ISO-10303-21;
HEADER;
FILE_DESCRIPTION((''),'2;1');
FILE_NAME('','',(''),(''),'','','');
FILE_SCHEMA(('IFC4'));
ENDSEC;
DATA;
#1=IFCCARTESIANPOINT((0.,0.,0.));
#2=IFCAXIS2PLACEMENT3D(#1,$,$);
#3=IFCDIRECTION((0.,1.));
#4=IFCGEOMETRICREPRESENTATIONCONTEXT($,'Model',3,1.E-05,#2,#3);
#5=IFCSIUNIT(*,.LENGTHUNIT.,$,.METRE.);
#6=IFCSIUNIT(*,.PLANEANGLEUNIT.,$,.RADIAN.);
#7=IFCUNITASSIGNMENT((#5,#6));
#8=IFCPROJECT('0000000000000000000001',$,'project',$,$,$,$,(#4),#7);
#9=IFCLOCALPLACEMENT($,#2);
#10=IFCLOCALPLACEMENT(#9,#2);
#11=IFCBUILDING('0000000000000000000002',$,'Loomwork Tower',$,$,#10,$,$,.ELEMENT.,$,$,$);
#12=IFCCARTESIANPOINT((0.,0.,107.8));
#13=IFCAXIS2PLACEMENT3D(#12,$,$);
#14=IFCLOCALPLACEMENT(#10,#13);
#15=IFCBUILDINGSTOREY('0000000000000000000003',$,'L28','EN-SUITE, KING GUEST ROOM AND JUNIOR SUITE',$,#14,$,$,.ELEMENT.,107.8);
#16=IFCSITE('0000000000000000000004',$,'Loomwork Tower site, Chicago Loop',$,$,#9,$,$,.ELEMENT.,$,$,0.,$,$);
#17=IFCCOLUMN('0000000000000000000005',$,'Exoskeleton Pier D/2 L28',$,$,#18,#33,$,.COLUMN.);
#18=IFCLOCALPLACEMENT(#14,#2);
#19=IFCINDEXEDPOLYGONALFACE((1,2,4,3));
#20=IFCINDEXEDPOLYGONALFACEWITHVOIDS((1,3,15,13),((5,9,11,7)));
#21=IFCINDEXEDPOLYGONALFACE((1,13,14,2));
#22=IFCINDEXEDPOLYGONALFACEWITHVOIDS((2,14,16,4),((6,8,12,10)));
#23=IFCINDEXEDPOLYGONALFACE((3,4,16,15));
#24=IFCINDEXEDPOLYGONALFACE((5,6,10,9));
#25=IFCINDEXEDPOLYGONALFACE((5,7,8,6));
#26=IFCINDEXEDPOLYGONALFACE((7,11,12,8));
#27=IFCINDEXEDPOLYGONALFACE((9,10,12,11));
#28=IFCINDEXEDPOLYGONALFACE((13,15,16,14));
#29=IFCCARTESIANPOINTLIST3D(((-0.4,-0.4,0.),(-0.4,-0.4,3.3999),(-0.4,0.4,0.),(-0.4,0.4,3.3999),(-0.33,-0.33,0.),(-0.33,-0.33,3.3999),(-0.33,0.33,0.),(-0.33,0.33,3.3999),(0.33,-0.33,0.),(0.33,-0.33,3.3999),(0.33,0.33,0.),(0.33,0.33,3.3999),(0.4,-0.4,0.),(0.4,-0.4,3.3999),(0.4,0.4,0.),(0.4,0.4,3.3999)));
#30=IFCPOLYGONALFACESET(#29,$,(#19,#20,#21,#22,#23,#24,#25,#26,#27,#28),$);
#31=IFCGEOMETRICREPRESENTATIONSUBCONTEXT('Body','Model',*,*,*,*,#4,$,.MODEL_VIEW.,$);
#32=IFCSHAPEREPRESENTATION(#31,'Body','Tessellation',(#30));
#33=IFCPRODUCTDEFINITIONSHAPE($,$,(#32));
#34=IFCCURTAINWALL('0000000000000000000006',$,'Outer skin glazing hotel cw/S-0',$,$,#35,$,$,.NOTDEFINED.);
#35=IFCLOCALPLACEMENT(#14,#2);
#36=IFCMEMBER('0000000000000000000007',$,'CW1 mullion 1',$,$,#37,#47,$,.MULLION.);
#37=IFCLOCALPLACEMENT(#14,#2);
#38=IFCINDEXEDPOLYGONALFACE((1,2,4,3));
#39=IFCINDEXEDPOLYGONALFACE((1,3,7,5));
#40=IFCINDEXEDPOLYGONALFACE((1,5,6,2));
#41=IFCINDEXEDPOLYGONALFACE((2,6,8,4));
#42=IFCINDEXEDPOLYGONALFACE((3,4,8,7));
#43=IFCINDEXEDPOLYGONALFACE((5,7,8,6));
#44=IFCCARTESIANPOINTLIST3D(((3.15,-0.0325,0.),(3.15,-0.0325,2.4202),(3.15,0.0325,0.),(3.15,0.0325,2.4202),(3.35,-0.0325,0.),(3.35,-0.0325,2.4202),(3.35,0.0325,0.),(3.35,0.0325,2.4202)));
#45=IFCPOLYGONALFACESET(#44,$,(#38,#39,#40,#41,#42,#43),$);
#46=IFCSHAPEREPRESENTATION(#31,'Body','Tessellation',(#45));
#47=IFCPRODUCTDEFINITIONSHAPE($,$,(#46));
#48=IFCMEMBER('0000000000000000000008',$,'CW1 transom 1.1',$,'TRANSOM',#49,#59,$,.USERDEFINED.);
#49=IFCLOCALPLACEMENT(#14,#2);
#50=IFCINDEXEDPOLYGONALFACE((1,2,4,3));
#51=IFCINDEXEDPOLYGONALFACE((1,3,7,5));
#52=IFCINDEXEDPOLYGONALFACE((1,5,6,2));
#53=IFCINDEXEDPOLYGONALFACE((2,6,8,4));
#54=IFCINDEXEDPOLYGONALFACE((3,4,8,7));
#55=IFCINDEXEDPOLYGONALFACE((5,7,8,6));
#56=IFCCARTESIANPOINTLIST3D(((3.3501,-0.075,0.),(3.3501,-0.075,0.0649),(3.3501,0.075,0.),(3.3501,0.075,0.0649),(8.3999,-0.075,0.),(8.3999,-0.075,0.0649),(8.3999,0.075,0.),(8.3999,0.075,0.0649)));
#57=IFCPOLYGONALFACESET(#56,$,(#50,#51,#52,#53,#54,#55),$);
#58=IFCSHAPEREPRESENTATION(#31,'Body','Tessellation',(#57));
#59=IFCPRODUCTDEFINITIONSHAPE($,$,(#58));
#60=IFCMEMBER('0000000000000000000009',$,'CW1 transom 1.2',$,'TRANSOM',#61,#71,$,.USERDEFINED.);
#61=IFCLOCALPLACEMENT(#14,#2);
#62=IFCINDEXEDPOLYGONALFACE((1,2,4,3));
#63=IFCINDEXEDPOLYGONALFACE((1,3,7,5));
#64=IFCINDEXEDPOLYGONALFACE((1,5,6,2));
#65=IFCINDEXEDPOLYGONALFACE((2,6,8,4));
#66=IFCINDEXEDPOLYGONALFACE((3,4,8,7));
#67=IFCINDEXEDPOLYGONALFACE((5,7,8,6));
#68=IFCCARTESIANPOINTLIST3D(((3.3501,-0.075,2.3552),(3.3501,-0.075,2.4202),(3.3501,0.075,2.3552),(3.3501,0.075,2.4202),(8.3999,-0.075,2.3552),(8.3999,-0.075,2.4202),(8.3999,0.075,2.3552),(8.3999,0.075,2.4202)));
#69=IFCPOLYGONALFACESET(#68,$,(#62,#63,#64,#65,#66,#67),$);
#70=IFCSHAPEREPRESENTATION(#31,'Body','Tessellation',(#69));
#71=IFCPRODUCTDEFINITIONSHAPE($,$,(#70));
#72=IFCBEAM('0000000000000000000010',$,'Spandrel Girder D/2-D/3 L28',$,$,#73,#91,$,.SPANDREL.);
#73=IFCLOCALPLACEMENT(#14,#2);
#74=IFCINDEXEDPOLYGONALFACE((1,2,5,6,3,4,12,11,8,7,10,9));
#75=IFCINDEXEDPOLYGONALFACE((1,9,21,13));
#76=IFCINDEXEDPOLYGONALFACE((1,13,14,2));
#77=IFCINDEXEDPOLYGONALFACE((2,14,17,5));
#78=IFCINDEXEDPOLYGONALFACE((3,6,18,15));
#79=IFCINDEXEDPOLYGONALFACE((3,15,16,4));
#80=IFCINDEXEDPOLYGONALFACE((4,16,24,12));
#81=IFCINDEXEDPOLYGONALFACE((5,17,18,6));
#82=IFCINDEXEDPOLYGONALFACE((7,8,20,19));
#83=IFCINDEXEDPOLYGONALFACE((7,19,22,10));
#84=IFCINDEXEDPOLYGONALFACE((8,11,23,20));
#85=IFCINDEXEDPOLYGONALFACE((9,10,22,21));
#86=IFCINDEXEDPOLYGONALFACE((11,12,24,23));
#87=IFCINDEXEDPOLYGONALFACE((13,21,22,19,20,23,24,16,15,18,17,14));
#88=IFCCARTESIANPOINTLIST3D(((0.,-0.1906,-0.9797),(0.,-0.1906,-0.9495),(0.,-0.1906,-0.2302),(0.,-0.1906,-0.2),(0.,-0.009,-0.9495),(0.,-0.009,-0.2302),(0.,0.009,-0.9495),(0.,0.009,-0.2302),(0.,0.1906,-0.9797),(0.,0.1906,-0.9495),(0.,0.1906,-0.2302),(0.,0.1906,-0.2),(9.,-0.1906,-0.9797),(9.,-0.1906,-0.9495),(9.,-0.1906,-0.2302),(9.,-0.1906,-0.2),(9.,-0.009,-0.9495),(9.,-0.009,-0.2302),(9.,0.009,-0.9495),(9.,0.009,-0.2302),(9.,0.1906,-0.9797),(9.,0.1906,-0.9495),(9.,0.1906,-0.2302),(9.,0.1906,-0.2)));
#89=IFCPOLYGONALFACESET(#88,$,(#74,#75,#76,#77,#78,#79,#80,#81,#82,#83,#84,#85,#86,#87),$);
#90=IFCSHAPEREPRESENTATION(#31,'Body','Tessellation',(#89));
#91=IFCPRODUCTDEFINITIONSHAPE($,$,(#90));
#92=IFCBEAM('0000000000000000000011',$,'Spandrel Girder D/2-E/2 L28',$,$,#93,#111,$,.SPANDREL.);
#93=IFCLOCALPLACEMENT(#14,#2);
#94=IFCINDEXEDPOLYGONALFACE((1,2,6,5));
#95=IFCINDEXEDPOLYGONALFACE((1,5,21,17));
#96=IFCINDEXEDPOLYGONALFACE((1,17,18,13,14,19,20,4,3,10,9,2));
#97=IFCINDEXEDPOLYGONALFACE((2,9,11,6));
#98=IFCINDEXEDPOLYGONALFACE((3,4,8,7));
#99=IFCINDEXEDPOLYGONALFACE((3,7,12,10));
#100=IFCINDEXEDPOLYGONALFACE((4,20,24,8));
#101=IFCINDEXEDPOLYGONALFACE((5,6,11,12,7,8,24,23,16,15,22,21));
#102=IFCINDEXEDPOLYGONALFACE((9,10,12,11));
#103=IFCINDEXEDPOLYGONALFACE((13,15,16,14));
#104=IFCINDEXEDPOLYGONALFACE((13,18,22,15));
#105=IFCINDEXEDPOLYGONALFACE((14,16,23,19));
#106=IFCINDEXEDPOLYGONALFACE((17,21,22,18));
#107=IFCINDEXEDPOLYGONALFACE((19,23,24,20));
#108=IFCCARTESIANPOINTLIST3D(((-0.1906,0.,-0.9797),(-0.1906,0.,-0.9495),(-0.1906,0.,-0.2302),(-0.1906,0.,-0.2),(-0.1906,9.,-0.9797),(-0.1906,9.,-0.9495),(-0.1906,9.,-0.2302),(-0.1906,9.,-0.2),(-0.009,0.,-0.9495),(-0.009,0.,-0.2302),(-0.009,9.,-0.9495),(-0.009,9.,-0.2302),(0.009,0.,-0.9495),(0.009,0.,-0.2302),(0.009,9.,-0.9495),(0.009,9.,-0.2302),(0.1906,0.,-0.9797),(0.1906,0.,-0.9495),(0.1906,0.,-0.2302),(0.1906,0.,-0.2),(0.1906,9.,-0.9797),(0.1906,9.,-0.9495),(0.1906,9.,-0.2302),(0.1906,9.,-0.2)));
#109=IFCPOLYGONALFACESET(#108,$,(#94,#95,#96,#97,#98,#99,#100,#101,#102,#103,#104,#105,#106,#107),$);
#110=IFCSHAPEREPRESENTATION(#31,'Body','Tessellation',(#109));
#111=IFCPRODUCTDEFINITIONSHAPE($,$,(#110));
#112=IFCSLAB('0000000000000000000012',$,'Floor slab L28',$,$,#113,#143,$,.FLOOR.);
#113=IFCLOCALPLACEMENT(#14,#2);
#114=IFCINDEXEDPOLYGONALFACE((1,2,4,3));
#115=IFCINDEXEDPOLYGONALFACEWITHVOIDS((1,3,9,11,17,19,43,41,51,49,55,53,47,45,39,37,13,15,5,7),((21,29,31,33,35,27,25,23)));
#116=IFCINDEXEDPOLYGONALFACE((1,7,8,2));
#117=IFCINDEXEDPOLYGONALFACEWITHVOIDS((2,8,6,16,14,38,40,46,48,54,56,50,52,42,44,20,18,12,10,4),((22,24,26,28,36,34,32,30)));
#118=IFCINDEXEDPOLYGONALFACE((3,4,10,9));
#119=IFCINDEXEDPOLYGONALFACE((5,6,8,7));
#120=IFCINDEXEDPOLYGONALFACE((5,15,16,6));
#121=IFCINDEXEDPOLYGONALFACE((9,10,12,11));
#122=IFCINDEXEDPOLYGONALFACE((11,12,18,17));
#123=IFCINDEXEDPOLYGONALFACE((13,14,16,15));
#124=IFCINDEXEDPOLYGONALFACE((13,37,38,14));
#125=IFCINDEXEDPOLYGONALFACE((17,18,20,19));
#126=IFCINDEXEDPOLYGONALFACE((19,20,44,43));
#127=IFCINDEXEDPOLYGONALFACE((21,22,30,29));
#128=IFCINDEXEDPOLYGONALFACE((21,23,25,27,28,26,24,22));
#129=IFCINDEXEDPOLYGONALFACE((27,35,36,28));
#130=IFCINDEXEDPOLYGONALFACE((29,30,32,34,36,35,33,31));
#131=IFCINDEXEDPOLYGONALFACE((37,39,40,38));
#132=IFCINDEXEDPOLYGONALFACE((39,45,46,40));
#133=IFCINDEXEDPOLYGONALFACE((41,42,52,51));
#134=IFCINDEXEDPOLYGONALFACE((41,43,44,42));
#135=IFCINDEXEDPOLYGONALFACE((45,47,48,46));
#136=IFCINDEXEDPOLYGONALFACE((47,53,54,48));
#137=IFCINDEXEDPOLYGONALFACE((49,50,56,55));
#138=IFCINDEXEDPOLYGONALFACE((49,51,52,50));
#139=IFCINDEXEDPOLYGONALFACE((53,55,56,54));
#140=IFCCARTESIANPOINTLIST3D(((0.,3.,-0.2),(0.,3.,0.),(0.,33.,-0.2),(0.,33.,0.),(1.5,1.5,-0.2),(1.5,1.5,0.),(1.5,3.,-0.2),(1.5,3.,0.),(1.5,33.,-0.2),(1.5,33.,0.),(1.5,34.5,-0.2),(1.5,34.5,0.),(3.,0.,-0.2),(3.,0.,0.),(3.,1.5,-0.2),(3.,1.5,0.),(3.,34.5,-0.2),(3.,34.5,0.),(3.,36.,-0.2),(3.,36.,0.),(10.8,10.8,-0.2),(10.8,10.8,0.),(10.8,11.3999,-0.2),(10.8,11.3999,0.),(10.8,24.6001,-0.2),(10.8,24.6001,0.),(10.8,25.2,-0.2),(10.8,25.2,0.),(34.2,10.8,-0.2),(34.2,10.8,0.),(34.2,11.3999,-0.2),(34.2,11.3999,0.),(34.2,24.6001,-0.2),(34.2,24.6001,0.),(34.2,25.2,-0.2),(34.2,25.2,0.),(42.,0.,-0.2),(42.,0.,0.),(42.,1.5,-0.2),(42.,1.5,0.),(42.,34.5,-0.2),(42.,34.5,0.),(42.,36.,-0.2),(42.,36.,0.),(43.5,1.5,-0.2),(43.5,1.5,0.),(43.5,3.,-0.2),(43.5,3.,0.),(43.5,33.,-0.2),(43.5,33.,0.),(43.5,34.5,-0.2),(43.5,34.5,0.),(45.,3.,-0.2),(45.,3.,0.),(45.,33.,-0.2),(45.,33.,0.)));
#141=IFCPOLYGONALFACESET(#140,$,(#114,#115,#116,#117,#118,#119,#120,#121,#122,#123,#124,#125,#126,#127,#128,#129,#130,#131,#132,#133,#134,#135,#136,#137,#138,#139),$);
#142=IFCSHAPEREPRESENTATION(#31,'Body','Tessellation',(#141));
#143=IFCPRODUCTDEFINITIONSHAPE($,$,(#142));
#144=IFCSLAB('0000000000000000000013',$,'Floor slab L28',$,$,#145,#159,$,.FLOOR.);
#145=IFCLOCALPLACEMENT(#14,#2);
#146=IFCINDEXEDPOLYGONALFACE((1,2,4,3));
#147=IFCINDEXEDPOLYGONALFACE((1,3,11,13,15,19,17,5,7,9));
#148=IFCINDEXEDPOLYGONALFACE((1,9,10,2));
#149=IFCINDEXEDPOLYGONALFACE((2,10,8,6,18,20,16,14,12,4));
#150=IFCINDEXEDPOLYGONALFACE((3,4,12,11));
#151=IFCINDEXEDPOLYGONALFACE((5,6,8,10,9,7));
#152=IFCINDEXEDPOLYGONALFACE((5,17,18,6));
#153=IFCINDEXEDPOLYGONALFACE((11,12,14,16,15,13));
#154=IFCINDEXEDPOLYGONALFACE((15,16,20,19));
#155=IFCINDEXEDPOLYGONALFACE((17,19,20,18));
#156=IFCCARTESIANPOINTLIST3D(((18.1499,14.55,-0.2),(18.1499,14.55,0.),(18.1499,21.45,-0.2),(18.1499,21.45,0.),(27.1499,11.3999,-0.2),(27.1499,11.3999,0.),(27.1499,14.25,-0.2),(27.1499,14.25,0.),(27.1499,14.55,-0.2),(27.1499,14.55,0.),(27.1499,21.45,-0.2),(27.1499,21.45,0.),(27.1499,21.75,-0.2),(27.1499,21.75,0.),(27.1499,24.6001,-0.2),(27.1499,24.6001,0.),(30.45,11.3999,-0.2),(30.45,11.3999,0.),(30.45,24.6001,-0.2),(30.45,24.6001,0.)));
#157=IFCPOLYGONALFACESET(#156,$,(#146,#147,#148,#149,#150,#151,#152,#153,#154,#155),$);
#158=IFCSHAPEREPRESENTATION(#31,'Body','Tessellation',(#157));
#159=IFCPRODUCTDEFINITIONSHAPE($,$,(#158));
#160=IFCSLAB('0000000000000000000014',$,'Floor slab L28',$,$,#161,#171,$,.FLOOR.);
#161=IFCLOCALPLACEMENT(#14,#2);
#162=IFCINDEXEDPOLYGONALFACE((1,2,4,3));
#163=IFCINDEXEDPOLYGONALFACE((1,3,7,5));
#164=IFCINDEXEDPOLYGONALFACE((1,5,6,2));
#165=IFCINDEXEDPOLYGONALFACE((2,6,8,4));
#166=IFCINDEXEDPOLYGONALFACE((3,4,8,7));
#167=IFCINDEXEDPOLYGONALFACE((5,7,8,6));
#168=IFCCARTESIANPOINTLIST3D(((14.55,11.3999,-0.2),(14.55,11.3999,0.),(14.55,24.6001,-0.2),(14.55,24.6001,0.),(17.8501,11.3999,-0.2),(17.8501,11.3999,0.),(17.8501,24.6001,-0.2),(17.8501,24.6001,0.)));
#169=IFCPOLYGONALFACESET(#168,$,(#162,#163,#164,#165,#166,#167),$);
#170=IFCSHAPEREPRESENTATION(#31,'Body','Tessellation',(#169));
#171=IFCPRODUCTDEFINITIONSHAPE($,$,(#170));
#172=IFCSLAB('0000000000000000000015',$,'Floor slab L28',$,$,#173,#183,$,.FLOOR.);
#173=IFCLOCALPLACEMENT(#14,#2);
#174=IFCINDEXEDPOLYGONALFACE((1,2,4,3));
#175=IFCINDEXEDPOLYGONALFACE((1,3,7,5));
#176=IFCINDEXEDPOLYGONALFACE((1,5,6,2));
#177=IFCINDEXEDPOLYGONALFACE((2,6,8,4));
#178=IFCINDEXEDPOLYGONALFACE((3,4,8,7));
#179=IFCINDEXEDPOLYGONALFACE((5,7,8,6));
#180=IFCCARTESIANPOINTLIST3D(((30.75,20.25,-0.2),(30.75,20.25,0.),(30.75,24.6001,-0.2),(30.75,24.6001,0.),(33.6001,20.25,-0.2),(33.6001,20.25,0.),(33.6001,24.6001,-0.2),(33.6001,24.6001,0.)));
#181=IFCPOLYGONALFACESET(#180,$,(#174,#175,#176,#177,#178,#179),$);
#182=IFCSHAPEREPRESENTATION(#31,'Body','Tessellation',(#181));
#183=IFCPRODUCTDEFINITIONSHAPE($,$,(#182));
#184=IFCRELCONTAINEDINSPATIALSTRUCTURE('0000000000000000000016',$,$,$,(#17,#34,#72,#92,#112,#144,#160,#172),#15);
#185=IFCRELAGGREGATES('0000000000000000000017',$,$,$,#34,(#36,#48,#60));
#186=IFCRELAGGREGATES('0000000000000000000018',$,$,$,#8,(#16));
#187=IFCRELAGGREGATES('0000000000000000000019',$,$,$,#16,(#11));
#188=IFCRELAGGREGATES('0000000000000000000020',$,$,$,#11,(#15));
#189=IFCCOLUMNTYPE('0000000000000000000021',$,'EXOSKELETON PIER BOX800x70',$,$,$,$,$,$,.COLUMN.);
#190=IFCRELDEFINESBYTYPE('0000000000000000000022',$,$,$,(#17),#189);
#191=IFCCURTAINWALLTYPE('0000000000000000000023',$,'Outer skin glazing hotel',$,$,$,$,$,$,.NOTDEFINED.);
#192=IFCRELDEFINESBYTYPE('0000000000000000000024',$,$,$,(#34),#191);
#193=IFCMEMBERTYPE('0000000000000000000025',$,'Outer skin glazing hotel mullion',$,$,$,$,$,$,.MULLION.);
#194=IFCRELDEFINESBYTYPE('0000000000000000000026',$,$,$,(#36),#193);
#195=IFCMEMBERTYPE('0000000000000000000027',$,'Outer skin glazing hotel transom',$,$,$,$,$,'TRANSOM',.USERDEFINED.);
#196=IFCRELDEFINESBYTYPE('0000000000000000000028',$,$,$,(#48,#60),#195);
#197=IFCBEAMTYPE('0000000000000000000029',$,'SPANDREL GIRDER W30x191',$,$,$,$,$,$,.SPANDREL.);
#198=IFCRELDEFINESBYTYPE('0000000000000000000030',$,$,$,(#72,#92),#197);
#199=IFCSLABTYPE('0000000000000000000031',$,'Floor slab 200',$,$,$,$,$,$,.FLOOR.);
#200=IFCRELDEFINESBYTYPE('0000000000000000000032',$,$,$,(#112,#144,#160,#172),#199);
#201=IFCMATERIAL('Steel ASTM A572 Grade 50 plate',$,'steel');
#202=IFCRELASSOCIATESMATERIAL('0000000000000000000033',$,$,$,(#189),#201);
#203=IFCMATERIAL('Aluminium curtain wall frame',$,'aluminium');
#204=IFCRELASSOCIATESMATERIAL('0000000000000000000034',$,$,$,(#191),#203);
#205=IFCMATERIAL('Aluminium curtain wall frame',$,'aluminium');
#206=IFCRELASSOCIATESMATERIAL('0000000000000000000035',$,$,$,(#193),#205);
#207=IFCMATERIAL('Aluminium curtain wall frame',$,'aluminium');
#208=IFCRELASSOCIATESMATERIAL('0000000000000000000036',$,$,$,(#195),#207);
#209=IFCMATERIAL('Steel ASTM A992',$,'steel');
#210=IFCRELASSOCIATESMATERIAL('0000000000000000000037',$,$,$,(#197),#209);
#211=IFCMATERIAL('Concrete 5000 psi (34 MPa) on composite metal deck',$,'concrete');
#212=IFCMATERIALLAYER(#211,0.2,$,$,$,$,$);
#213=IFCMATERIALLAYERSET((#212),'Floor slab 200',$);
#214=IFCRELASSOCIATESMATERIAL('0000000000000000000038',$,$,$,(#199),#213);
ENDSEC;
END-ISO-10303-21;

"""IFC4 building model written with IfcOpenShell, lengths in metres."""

from ifc_helpers import new_model, si_unit, direction, frame, origin, origin_with_axes, origin_2d, place, context, subcontext, project, spatial, polyline, rectangle, hollow_rectangle, i_section, outline, extrude, material, layer, layer_set, material_profile, profile_set, type_object, element, aggregate, save


model = new_model("IFC4")

# Units and contexts
model_context = context("Model", 3, precision=1e-05, world=origin(), true_north=direction((0.0, 1.0)))
body_context = subcontext(model_context, "Body", "Model", "MODEL_VIEW")
ifc_project = project(units=[si_unit("LENGTHUNIT", "METRE"), si_unit("PLANEANGLEUNIT", "RADIAN")], contexts=[model_context])

# Site, building, storey
site_placement = place(None, origin())
site = spatial("IfcSite", under=ifc_project, at=site_placement, Name="Loomwork Tower site, Chicago Loop", CompositionType="ELEMENT", RefElevation=0.0)
building_placement = place(site_placement, origin())
building = spatial("IfcBuilding", under=site, at=building_placement, Name="Loomwork Tower", CompositionType="ELEMENT")
storey_placement = place(building_placement, frame((0.0, 0.0, 107.8)))
storey = spatial("IfcBuildingStorey", under=building, at=storey_placement, Name="L28", Description="EN-SUITE, KING GUEST ROOM AND JUNIOR SUITE", CompositionType="ELEMENT", Elevation=107.8)

# Column
ifc_material_1 = material(Name="Steel ASTM A572 Grade 50 plate", Category="steel")
ifc_material_profile_1 = material_profile(ifc_material_1, hollow_rectangle(XDim=0.8, YDim=0.8, WallThickness=0.0701, at=origin_2d()), Name="BOX800x70")
ifc_profile_set_1 = profile_set([ifc_material_profile_1], Name="Steel ASTM A572 Grade 50 plate")
column_type = type_object("IfcColumnType", Name="EXOSKELETON PIER BOX800x70", PredefinedType="COLUMN", material=ifc_profile_set_1)
column_placement = place(storey_placement, origin_with_axes())
element("IfcColumn", 1, at=column_placement, inside=storey, type_object=column_type, Name="Exoskeleton Pier D/2 L28", PredefinedType="COLUMN", context=body_context, shape_type="SweptSolid", body=[
    extrude(hollow_rectangle(XDim=0.8, YDim=0.8, WallThickness=0.0701, at=origin_2d()), origin(), (0.0, 0.0, 1.0), 3.3999),
])

# Curtain wall, members
ifc_material_2 = material(Name="Aluminium curtain wall frame", Category="aluminium")
curtain_wall_type = type_object("IfcCurtainWallType", Name="Outer skin glazing hotel", PredefinedType="NOTDEFINED", material=ifc_material_2)
curtain_wall_placement = place(storey_placement, origin())
curtain_wall = element("IfcCurtainWall", 2, at=curtain_wall_placement, inside=storey, type_object=curtain_wall_type, Name="Outer skin glazing hotel cw/S-0", PredefinedType="NOTDEFINED")
ifc_material_3 = material(Name="Aluminium curtain wall frame", Category="aluminium")
ifc_material_profile_2 = material_profile(ifc_material_3, rectangle(XDim=0.0649, YDim=0.2, at=origin_2d()), Name="AL 65x200")
ifc_profile_set_2 = profile_set([ifc_material_profile_2], Name="Aluminium curtain wall frame")
member_type_1 = type_object("IfcMemberType", Name="Outer skin glazing hotel mullion", PredefinedType="MULLION", material=ifc_profile_set_2)
member_1_placement = place(storey_placement, frame((3.25, 0.0, 0.0), z_axis=(0.0, 0.0, 1.0), x_axis=(0.0, 1.0, 0.0)))
member_1 = element("IfcMember", 3, at=member_1_placement, type_object=member_type_1, Name="CW1 mullion 1", PredefinedType="MULLION", context=body_context, shape_type="SweptSolid", body=[
    extrude(rectangle(XDim=0.0649, YDim=0.2, at=origin_2d()), origin(), (0.0, 0.0, 1.0), 2.4202),
])
ifc_material_4 = material(Name="Aluminium curtain wall frame", Category="aluminium")
ifc_material_profile_3 = material_profile(ifc_material_4, rectangle(XDim=0.1499, YDim=0.0649, at=origin_2d()), Name="AL 65x150")
ifc_profile_set_3 = profile_set([ifc_material_profile_3], Name="Aluminium curtain wall frame")
member_type_2 = type_object("IfcMemberType", Name="Outer skin glazing hotel transom", ElementType="TRANSOM", PredefinedType="USERDEFINED", material=ifc_profile_set_3)
member_2_placement = place(storey_placement, frame((3.3501, 0.0, 0.0325), z_axis=(1.0, 0.0, 0.0), x_axis=(0.0, 1.0, 0.0)))
member_2 = element("IfcMember", 4, at=member_2_placement, type_object=member_type_2, Name="CW1 transom 1.1", ObjectType="TRANSOM", PredefinedType="USERDEFINED", context=body_context, shape_type="SweptSolid", body=[
    extrude(rectangle(XDim=0.1499, YDim=0.0649, at=origin_2d()), origin(), (0.0, 0.0, 1.0), 5.0498),
])
member_3_placement = place(storey_placement, frame((3.3501, 0.0, 2.3877), z_axis=(1.0, 0.0, 0.0), x_axis=(0.0, 1.0, 0.0)))
member_3 = element("IfcMember", 5, at=member_3_placement, type_object=member_type_2, Name="CW1 transom 1.2", ObjectType="TRANSOM", PredefinedType="USERDEFINED", context=body_context, shape_type="SweptSolid", body=[
    extrude(rectangle(XDim=0.1499, YDim=0.0649, at=origin_2d()), origin(), (0.0, 0.0, 1.0), 5.0498),
])

# Beams
ifc_material_5 = material(Name="Steel ASTM A992", Category="steel")
ifc_material_profile_4 = material_profile(ifc_material_5, i_section(OverallWidth=0.3811, OverallDepth=0.7798, WebThickness=0.0181, FlangeThickness=0.0303, at=origin_2d()), Name="W30x191")
ifc_profile_set_4 = profile_set([ifc_material_profile_4], Name="Steel ASTM A992")
beam_type = type_object("IfcBeamType", Name="SPANDREL GIRDER W30x191", PredefinedType="SPANDREL", material=ifc_profile_set_4)
for number, where, z_axis, x_axis, name in (
    (6, (0.0, 0.0, -0.5898), (1.0, 0.0, 0.0), (0.0, 1.0, 0.0), "Spandrel Girder D/2-D/3 L28"),
    (7, (0.0, 0.0, -0.5898), (0.0, 1.0, 0.0), (-1.0, 0.0, 0.0), "Spandrel Girder D/2-E/2 L28"),
):
    element("IfcBeam", number, at=place(storey_placement, frame(where, z_axis=z_axis, x_axis=x_axis)), inside=storey, type_object=beam_type, Name=name, PredefinedType="SPANDREL", context=body_context, shape_type="SweptSolid", body=[
        extrude(i_section(OverallWidth=0.3811, OverallDepth=0.7798, WebThickness=0.0181, FlangeThickness=0.0303, at=origin_2d()), origin(), (0.0, 0.0, 1.0), 9.0),
    ])

# Slabs
ifc_material_6 = material(Name="Concrete 5000 psi (34 MPa) on composite metal deck", Category="concrete")
ifc_layer_1 = layer(ifc_material_6, 0.2)
ifc_layer_set_1 = layer_set([ifc_layer_1], Name="Floor slab 200")
slab_type_1 = type_object("IfcSlabType", Name="Floor slab 200", PredefinedType="FLOOR", material=ifc_layer_set_1)
slab_1_placement = place(storey_placement, frame((0.0, 0.0, -0.2)))
element("IfcSlab", 8, at=slab_1_placement, inside=storey, type_object=slab_type_1, Name="Floor slab L28", PredefinedType="FLOOR", context=body_context, shape_type="SweptSolid", body=[
    extrude(outline(polyline([(3.0, 1.5), (1.5, 1.5), (1.5, 3.0), (0.0, 3.0), (0.0, 33.0), (1.5, 33.0), (1.5, 34.5), (3.0, 34.5), (3.0, 36.0), (42.0, 36.0), (42.0, 34.5), (43.5, 34.5), (43.5, 33.0), (45.0, 33.0), (45.0, 3.0), (43.5, 3.0), (43.5, 1.5), (42.0, 1.5), (42.0, 0.0), (3.0, 0.0), (3.0, 1.5)]), holes=[polyline([(10.8, 11.3999), (10.8, 11.3999), (10.8, 10.8), (34.2, 10.8), (34.2, 11.3999), (34.2, 11.3999), (34.2, 24.6001), (34.2, 25.2), (10.8, 25.2), (10.8, 24.6001), (10.8, 11.3999)])]), origin(), (0.0, 0.0, 1.0), 0.2),
])
slab_2_placement = place(storey_placement, frame((0.0, 0.0, -0.2)))
element("IfcSlab", 9, at=slab_2_placement, inside=storey, type_object=slab_type_1, Name="Floor slab L28", PredefinedType="FLOOR", context=body_context, shape_type="SweptSolid", body=[
    extrude(outline(polyline([(30.45, 24.6001), (30.45, 11.3999), (27.1499, 11.3999), (27.1499, 14.25), (27.1499, 14.55), (18.1499, 14.55), (18.1499, 21.45), (27.1499, 21.45), (27.1499, 21.75), (27.1499, 24.6001), (30.45, 24.6001)])), origin(), (0.0, 0.0, 1.0), 0.2),
])
slab_3_placement = place(storey_placement, frame((0.0, 0.0, -0.2)))
element("IfcSlab", 10, at=slab_3_placement, inside=storey, type_object=slab_type_1, Name="Floor slab L28", PredefinedType="FLOOR", context=body_context, shape_type="SweptSolid", body=[
    extrude(outline(polyline([(14.55, 11.3999), (14.55, 24.6001), (17.8501, 24.6001), (17.8501, 11.3999), (14.55, 11.3999)])), origin(), (0.0, 0.0, 1.0), 0.2),
])
slab_4_placement = place(storey_placement, frame((0.0, 0.0, -0.2)))
element("IfcSlab", 11, at=slab_4_placement, inside=storey, type_object=slab_type_1, Name="Floor slab L28", PredefinedType="FLOOR", context=body_context, shape_type="SweptSolid", body=[
    extrude(outline(polyline([(33.6001, 20.25), (30.75, 20.25), (30.75, 24.6001), (33.6001, 24.6001), (33.6001, 20.25)])), origin(), (0.0, 0.0, 1.0), 0.2),
])

aggregate(curtain_wall, [member_1, member_2, member_3])

save(model, "model.ifc")
